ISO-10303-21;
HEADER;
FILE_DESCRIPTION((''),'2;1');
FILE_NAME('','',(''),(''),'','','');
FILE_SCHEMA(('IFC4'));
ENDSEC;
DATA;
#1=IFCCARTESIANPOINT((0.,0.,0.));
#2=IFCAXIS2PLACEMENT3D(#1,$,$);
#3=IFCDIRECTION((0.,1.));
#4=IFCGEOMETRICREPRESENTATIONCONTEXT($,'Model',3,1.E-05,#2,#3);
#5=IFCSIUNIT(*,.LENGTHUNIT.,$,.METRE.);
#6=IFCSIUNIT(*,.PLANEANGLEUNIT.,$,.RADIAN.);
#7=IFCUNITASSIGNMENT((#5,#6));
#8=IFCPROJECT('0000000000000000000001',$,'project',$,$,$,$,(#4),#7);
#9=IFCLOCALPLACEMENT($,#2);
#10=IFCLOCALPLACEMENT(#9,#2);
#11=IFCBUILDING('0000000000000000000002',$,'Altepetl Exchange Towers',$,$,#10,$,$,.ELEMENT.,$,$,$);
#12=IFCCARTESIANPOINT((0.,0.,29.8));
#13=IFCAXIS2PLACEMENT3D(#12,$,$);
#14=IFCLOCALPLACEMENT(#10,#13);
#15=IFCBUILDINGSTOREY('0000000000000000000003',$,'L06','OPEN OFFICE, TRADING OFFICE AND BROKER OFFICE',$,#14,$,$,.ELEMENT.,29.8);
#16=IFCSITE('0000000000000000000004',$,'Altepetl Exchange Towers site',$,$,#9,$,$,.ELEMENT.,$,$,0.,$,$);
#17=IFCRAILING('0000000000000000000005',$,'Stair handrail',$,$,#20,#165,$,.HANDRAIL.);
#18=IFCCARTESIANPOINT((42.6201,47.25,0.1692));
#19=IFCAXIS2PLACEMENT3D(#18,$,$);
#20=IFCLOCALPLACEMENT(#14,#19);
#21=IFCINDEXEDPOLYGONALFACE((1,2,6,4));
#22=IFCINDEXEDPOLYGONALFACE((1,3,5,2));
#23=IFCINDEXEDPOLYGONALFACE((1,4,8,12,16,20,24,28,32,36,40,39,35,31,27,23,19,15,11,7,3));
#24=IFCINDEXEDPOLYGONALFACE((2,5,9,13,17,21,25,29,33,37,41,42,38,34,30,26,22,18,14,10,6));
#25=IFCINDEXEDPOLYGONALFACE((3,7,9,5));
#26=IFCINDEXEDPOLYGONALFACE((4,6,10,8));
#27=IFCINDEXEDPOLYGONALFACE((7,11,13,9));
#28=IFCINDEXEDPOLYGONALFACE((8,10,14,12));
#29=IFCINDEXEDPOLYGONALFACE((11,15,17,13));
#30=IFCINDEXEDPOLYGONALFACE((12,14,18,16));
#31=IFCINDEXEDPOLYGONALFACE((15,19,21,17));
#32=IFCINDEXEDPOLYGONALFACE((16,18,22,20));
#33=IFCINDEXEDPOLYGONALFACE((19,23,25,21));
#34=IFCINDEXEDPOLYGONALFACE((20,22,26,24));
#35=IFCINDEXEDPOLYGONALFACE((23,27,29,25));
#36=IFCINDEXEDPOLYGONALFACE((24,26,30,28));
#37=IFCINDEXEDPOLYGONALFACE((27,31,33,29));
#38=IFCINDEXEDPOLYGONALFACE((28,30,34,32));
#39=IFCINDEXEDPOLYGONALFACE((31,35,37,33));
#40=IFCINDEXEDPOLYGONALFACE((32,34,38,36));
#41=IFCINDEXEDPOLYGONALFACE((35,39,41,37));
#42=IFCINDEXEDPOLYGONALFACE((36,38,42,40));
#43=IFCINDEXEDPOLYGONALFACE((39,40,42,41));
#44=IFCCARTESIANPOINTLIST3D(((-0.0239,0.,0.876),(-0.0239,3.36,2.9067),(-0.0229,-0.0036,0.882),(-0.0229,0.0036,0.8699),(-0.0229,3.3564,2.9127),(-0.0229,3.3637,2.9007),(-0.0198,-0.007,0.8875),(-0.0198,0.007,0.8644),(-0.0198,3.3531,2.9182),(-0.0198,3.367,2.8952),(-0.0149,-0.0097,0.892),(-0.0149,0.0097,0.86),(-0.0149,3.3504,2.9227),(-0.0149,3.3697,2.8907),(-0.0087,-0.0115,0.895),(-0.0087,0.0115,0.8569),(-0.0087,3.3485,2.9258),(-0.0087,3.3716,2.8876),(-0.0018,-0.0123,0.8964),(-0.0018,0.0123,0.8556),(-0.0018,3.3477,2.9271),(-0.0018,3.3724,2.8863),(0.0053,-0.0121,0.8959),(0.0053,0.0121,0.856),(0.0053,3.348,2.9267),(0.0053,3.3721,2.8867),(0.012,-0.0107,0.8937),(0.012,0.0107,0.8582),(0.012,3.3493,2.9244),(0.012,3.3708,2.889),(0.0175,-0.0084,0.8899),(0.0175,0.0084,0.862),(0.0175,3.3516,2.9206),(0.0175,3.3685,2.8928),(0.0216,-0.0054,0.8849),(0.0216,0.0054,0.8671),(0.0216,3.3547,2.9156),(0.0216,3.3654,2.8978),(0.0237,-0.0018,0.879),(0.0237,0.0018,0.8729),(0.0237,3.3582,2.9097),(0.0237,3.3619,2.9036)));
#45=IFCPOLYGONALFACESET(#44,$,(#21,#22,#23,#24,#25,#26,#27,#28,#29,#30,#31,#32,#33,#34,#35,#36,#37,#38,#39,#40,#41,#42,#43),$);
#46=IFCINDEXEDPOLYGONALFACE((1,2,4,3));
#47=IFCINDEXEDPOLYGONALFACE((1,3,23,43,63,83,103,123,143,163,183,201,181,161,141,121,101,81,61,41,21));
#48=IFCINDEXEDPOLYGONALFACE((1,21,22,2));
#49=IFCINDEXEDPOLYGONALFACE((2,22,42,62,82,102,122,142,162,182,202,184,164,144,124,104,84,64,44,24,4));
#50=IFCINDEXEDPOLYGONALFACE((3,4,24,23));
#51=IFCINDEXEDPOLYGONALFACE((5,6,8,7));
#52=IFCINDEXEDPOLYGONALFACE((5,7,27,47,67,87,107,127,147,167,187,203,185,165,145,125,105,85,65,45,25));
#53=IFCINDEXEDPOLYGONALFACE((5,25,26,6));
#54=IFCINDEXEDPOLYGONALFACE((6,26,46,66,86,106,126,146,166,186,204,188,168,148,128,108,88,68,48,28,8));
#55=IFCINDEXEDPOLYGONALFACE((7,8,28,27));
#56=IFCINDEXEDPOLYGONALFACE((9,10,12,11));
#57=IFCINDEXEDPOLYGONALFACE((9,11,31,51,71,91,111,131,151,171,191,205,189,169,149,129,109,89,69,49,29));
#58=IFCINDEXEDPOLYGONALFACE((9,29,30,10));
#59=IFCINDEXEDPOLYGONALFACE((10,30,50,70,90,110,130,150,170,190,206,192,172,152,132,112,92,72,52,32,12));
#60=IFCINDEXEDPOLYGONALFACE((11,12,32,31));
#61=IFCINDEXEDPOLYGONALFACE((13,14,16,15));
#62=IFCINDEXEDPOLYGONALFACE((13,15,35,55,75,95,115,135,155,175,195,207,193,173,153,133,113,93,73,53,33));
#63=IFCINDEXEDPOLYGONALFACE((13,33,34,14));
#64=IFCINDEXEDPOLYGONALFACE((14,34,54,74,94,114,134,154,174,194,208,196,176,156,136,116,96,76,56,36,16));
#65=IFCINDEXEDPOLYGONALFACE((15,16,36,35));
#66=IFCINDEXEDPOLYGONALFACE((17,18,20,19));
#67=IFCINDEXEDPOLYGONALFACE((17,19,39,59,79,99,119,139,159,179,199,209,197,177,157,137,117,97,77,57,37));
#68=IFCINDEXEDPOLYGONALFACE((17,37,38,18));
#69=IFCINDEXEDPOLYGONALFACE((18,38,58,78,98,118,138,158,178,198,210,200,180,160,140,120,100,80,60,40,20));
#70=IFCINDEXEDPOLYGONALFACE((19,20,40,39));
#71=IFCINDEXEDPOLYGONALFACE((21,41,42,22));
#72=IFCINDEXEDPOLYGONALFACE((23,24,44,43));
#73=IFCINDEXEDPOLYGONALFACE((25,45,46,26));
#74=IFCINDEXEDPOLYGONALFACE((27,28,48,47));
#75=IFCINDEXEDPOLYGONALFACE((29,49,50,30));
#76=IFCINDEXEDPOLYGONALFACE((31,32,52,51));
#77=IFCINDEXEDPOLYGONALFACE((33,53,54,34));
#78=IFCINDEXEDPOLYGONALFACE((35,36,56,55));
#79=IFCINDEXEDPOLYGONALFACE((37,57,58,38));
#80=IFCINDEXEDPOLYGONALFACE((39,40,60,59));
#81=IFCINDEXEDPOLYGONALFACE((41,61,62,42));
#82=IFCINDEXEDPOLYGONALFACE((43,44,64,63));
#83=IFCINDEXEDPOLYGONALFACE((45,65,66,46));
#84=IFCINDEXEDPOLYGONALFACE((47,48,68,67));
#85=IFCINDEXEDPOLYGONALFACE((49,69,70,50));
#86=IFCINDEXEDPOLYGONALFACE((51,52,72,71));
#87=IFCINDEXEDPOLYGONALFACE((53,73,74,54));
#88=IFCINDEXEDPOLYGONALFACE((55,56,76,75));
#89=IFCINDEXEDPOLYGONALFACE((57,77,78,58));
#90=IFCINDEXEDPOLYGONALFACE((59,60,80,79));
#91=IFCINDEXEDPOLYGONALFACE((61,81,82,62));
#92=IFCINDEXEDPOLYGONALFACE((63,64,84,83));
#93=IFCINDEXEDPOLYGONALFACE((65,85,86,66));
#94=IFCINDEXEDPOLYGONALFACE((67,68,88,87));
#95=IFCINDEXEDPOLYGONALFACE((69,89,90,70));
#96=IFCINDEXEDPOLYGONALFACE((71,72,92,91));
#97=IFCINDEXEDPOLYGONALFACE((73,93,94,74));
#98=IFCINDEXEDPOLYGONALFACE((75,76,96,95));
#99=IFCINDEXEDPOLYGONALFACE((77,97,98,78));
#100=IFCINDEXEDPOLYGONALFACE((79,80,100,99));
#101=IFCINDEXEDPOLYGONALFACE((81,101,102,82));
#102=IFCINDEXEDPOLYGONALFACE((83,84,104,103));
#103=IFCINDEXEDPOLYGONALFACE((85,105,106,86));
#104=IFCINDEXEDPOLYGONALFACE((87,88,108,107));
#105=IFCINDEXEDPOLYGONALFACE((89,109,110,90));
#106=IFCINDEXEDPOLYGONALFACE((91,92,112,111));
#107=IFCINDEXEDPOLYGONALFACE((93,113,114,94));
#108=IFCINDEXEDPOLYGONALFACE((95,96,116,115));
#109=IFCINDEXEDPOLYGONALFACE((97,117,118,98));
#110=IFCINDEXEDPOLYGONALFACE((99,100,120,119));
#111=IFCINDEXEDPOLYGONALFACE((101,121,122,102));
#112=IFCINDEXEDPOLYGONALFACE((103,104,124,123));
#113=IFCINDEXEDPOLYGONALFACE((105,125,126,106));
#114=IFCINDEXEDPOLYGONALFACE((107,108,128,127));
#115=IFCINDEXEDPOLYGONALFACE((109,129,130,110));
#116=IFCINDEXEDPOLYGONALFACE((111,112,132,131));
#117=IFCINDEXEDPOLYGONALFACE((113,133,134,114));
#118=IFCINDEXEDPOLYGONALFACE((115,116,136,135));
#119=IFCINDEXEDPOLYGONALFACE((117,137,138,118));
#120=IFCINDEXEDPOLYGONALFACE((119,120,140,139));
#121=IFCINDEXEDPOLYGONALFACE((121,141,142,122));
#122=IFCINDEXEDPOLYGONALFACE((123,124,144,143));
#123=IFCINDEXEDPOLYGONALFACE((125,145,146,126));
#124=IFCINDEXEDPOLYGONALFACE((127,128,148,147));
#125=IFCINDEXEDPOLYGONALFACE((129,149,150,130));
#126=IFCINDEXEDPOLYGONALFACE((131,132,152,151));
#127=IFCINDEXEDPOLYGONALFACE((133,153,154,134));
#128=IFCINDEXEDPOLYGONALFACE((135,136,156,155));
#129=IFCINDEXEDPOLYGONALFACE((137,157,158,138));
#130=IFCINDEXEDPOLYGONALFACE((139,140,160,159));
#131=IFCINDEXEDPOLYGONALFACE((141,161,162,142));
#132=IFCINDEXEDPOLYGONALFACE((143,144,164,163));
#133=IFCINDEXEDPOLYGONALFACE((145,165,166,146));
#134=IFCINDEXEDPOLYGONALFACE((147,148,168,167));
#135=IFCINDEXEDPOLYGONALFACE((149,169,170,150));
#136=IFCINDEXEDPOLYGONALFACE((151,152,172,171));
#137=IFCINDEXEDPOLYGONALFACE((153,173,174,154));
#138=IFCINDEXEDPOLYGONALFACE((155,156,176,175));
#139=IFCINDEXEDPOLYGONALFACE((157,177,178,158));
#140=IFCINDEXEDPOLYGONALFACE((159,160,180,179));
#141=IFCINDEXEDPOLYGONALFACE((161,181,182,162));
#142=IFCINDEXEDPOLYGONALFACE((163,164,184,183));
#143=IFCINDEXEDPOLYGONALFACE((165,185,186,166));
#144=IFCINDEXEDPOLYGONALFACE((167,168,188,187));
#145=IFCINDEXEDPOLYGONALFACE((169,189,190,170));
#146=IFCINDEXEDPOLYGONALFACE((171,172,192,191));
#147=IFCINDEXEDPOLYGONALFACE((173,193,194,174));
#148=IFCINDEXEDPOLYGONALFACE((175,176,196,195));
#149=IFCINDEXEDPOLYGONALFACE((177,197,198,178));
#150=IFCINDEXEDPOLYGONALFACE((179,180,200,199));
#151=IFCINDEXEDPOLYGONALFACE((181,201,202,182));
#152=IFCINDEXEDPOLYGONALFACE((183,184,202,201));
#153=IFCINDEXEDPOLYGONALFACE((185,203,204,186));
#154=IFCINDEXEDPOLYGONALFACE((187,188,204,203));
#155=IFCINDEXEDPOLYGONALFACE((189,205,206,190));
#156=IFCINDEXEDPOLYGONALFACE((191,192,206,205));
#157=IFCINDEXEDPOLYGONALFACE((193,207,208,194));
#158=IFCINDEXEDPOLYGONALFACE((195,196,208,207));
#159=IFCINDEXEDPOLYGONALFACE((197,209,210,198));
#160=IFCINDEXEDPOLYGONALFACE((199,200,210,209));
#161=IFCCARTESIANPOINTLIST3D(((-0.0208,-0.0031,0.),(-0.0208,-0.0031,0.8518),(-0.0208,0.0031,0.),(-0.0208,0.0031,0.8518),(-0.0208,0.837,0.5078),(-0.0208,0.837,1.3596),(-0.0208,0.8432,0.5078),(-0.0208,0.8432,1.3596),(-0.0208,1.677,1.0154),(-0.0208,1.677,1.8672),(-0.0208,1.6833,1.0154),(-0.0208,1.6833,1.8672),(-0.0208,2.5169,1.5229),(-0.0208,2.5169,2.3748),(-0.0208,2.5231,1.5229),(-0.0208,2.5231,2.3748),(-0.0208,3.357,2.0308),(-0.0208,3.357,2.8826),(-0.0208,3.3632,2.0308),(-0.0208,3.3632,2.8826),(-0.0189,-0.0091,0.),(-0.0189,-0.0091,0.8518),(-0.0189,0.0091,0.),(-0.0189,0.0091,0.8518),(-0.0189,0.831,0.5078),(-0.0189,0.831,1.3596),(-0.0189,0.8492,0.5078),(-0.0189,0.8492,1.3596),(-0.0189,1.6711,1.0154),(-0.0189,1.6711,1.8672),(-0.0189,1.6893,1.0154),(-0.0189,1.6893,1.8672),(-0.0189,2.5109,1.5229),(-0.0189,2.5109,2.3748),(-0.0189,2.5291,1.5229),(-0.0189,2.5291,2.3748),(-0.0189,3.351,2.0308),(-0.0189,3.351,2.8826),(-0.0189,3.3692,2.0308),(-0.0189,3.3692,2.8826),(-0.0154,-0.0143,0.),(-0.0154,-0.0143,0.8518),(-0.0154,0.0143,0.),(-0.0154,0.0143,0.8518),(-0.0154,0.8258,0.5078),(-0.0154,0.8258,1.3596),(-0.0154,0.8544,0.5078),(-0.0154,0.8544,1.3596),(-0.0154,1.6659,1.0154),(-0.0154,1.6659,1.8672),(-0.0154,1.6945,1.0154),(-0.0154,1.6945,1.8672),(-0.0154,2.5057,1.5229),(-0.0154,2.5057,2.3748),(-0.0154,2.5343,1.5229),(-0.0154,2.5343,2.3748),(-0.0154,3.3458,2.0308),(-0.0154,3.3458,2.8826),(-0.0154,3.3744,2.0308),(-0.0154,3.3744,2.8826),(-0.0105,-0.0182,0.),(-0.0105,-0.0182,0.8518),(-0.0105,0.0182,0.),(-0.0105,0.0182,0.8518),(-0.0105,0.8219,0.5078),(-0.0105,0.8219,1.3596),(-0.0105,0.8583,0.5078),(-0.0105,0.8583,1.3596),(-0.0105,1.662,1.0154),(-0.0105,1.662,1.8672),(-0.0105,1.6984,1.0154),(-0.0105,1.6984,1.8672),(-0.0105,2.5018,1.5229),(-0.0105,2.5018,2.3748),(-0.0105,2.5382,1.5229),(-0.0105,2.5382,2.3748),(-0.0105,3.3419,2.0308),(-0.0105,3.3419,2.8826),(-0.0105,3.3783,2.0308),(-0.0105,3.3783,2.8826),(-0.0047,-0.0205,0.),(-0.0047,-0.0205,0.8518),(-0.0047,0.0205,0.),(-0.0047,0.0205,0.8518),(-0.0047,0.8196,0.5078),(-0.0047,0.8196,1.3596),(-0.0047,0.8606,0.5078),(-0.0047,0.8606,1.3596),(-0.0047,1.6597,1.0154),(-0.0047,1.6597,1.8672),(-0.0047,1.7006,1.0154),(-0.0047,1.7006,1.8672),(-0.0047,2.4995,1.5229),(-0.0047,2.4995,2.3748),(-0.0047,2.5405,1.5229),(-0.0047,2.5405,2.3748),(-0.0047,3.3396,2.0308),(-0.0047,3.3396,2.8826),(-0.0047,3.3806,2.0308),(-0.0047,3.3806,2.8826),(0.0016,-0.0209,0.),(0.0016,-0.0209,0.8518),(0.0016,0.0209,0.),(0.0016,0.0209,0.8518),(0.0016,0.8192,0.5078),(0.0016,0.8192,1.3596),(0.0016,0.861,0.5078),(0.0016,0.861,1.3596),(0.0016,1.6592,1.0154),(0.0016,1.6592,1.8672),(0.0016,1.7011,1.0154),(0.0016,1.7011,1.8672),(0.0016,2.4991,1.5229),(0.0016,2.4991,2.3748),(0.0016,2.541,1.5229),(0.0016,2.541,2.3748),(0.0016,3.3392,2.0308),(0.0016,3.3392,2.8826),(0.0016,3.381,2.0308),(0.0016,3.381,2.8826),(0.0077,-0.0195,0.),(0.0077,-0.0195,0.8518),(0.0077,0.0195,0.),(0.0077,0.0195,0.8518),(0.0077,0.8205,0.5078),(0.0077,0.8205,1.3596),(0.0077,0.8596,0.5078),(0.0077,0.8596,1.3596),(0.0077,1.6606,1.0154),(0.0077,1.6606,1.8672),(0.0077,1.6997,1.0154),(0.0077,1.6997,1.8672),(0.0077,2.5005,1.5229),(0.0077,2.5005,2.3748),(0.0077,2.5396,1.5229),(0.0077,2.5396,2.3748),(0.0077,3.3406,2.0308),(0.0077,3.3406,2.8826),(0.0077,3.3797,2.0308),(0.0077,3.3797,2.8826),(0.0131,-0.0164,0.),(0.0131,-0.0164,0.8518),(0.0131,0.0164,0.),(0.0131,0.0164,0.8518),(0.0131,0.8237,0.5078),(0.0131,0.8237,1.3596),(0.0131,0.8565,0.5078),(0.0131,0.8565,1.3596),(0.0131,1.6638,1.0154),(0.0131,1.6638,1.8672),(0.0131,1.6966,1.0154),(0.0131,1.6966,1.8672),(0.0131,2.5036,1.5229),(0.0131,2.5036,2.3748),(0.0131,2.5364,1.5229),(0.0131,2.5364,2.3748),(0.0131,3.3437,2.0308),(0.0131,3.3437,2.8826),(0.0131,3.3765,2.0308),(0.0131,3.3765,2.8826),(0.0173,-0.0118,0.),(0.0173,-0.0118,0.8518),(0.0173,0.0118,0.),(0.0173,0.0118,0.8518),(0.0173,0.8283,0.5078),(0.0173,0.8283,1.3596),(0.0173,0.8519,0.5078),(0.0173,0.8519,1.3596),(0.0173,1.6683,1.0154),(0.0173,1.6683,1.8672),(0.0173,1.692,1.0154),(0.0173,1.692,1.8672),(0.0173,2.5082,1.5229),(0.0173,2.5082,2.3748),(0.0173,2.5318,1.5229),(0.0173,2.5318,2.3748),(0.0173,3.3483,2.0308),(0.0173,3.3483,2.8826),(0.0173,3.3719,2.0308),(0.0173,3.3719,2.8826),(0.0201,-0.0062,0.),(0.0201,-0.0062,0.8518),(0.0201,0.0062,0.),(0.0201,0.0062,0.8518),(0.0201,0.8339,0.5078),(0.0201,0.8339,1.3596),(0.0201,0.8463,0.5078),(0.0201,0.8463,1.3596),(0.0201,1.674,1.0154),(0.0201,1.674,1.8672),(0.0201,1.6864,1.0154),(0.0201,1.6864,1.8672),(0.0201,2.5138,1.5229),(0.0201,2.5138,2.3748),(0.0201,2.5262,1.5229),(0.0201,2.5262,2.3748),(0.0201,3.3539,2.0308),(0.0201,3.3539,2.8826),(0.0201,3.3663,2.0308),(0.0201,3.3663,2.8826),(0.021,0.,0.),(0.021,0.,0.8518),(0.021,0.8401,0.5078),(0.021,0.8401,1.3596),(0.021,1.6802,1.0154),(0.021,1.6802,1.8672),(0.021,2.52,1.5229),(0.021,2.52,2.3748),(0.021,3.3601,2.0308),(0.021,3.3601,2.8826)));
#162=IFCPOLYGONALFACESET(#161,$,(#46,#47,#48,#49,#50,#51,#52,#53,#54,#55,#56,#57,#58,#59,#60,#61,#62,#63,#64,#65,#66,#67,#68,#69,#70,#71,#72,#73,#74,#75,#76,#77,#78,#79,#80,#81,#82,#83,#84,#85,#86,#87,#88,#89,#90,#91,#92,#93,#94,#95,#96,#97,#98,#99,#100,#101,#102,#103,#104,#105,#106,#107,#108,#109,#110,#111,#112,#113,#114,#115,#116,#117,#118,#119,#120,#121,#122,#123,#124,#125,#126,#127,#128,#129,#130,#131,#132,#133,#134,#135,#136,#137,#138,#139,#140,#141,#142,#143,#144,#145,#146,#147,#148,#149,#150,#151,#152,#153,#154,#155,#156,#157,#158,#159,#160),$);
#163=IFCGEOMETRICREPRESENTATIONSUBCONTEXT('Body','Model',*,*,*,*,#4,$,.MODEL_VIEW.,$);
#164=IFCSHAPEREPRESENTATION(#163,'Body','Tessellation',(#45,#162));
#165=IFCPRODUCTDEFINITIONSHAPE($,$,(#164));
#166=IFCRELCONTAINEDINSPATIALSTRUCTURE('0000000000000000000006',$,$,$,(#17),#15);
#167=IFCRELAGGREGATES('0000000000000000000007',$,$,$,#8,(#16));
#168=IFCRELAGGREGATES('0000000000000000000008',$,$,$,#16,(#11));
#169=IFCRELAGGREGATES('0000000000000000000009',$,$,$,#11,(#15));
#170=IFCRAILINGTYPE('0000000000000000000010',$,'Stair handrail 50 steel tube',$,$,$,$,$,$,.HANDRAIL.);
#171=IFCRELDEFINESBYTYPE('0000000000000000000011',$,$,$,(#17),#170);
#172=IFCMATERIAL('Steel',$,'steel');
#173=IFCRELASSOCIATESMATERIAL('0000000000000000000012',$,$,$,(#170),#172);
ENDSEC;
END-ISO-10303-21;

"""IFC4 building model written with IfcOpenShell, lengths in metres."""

from ifc_helpers import new_model, si_unit, direction, frame, origin, origin_2d, place, context, subcontext, project, spatial, circle, extrude, source, transform, mapped, material, type_object, element, save


model = new_model("IFC4")

# Units and contexts
model_context = context("Model", 3, precision=1e-05, world=origin(), true_north=direction((0.0, 1.0)))
body_context = subcontext(model_context, "Body", "Model", "MODEL_VIEW")
ifc_project = project(units=[si_unit("LENGTHUNIT", "METRE"), si_unit("PLANEANGLEUNIT", "RADIAN")], contexts=[model_context])

# Site, building, storey
site_placement = place(None, origin())
site = spatial("IfcSite", under=ifc_project, at=site_placement, Name="Altepetl Exchange Towers site", CompositionType="ELEMENT", RefElevation=0.0)
building_placement = place(site_placement, origin())
building = spatial("IfcBuilding", under=site, at=building_placement, Name="Altepetl Exchange Towers", CompositionType="ELEMENT")
storey_placement = place(building_placement, frame((0.0, 0.0, 29.8)))
storey = spatial("IfcBuildingStorey", under=building, at=storey_placement, Name="L06", Description="OPEN OFFICE, TRADING OFFICE AND BROKER OFFICE", CompositionType="ELEMENT", Elevation=29.8)

# Railing
ifc_material_1 = material(Name="Steel", Category="steel")
railing_type = type_object("IfcRailingType", Name="Stair handrail 50 steel tube", PredefinedType="HANDRAIL", material=ifc_material_1)
shared_shape = source(origin(), body_context, "Body", "SweptSolid", [
    extrude(circle(Radius=0.021, at=origin_2d()), origin(), (0.0, 0.0, 1.0), 0.8518),
])
railing_placement = place(storey_placement, frame((42.6201, 47.25, 0.1692)))
element("IfcRailing", 1, at=railing_placement, inside=storey, type_object=railing_type, Name="Stair handrail", PredefinedType="HANDRAIL", context=body_context, shape_type="SweptSolid", body=[
    extrude(circle(Radius=0.0239, at=origin_2d()), frame((0.0, 0.0, 0.876), z_axis=(0.0, 0.855837, 0.517246), x_axis=(-1.0, 0.0, 0.0)), (0.0, 0.0, 1.0), 3.926),
    mapped(shared_shape, transform((0.0, 0.0, 0.0))),
    mapped(shared_shape, transform((0.0, 0.8401, 0.5078))),
    mapped(shared_shape, transform((0.0, 1.6802, 1.0154))),
    mapped(shared_shape, transform((0.0, 2.52, 1.5229))),
    mapped(shared_shape, transform((0.0, 3.3601, 2.0308))),
])

save(model, "model.ifc")
